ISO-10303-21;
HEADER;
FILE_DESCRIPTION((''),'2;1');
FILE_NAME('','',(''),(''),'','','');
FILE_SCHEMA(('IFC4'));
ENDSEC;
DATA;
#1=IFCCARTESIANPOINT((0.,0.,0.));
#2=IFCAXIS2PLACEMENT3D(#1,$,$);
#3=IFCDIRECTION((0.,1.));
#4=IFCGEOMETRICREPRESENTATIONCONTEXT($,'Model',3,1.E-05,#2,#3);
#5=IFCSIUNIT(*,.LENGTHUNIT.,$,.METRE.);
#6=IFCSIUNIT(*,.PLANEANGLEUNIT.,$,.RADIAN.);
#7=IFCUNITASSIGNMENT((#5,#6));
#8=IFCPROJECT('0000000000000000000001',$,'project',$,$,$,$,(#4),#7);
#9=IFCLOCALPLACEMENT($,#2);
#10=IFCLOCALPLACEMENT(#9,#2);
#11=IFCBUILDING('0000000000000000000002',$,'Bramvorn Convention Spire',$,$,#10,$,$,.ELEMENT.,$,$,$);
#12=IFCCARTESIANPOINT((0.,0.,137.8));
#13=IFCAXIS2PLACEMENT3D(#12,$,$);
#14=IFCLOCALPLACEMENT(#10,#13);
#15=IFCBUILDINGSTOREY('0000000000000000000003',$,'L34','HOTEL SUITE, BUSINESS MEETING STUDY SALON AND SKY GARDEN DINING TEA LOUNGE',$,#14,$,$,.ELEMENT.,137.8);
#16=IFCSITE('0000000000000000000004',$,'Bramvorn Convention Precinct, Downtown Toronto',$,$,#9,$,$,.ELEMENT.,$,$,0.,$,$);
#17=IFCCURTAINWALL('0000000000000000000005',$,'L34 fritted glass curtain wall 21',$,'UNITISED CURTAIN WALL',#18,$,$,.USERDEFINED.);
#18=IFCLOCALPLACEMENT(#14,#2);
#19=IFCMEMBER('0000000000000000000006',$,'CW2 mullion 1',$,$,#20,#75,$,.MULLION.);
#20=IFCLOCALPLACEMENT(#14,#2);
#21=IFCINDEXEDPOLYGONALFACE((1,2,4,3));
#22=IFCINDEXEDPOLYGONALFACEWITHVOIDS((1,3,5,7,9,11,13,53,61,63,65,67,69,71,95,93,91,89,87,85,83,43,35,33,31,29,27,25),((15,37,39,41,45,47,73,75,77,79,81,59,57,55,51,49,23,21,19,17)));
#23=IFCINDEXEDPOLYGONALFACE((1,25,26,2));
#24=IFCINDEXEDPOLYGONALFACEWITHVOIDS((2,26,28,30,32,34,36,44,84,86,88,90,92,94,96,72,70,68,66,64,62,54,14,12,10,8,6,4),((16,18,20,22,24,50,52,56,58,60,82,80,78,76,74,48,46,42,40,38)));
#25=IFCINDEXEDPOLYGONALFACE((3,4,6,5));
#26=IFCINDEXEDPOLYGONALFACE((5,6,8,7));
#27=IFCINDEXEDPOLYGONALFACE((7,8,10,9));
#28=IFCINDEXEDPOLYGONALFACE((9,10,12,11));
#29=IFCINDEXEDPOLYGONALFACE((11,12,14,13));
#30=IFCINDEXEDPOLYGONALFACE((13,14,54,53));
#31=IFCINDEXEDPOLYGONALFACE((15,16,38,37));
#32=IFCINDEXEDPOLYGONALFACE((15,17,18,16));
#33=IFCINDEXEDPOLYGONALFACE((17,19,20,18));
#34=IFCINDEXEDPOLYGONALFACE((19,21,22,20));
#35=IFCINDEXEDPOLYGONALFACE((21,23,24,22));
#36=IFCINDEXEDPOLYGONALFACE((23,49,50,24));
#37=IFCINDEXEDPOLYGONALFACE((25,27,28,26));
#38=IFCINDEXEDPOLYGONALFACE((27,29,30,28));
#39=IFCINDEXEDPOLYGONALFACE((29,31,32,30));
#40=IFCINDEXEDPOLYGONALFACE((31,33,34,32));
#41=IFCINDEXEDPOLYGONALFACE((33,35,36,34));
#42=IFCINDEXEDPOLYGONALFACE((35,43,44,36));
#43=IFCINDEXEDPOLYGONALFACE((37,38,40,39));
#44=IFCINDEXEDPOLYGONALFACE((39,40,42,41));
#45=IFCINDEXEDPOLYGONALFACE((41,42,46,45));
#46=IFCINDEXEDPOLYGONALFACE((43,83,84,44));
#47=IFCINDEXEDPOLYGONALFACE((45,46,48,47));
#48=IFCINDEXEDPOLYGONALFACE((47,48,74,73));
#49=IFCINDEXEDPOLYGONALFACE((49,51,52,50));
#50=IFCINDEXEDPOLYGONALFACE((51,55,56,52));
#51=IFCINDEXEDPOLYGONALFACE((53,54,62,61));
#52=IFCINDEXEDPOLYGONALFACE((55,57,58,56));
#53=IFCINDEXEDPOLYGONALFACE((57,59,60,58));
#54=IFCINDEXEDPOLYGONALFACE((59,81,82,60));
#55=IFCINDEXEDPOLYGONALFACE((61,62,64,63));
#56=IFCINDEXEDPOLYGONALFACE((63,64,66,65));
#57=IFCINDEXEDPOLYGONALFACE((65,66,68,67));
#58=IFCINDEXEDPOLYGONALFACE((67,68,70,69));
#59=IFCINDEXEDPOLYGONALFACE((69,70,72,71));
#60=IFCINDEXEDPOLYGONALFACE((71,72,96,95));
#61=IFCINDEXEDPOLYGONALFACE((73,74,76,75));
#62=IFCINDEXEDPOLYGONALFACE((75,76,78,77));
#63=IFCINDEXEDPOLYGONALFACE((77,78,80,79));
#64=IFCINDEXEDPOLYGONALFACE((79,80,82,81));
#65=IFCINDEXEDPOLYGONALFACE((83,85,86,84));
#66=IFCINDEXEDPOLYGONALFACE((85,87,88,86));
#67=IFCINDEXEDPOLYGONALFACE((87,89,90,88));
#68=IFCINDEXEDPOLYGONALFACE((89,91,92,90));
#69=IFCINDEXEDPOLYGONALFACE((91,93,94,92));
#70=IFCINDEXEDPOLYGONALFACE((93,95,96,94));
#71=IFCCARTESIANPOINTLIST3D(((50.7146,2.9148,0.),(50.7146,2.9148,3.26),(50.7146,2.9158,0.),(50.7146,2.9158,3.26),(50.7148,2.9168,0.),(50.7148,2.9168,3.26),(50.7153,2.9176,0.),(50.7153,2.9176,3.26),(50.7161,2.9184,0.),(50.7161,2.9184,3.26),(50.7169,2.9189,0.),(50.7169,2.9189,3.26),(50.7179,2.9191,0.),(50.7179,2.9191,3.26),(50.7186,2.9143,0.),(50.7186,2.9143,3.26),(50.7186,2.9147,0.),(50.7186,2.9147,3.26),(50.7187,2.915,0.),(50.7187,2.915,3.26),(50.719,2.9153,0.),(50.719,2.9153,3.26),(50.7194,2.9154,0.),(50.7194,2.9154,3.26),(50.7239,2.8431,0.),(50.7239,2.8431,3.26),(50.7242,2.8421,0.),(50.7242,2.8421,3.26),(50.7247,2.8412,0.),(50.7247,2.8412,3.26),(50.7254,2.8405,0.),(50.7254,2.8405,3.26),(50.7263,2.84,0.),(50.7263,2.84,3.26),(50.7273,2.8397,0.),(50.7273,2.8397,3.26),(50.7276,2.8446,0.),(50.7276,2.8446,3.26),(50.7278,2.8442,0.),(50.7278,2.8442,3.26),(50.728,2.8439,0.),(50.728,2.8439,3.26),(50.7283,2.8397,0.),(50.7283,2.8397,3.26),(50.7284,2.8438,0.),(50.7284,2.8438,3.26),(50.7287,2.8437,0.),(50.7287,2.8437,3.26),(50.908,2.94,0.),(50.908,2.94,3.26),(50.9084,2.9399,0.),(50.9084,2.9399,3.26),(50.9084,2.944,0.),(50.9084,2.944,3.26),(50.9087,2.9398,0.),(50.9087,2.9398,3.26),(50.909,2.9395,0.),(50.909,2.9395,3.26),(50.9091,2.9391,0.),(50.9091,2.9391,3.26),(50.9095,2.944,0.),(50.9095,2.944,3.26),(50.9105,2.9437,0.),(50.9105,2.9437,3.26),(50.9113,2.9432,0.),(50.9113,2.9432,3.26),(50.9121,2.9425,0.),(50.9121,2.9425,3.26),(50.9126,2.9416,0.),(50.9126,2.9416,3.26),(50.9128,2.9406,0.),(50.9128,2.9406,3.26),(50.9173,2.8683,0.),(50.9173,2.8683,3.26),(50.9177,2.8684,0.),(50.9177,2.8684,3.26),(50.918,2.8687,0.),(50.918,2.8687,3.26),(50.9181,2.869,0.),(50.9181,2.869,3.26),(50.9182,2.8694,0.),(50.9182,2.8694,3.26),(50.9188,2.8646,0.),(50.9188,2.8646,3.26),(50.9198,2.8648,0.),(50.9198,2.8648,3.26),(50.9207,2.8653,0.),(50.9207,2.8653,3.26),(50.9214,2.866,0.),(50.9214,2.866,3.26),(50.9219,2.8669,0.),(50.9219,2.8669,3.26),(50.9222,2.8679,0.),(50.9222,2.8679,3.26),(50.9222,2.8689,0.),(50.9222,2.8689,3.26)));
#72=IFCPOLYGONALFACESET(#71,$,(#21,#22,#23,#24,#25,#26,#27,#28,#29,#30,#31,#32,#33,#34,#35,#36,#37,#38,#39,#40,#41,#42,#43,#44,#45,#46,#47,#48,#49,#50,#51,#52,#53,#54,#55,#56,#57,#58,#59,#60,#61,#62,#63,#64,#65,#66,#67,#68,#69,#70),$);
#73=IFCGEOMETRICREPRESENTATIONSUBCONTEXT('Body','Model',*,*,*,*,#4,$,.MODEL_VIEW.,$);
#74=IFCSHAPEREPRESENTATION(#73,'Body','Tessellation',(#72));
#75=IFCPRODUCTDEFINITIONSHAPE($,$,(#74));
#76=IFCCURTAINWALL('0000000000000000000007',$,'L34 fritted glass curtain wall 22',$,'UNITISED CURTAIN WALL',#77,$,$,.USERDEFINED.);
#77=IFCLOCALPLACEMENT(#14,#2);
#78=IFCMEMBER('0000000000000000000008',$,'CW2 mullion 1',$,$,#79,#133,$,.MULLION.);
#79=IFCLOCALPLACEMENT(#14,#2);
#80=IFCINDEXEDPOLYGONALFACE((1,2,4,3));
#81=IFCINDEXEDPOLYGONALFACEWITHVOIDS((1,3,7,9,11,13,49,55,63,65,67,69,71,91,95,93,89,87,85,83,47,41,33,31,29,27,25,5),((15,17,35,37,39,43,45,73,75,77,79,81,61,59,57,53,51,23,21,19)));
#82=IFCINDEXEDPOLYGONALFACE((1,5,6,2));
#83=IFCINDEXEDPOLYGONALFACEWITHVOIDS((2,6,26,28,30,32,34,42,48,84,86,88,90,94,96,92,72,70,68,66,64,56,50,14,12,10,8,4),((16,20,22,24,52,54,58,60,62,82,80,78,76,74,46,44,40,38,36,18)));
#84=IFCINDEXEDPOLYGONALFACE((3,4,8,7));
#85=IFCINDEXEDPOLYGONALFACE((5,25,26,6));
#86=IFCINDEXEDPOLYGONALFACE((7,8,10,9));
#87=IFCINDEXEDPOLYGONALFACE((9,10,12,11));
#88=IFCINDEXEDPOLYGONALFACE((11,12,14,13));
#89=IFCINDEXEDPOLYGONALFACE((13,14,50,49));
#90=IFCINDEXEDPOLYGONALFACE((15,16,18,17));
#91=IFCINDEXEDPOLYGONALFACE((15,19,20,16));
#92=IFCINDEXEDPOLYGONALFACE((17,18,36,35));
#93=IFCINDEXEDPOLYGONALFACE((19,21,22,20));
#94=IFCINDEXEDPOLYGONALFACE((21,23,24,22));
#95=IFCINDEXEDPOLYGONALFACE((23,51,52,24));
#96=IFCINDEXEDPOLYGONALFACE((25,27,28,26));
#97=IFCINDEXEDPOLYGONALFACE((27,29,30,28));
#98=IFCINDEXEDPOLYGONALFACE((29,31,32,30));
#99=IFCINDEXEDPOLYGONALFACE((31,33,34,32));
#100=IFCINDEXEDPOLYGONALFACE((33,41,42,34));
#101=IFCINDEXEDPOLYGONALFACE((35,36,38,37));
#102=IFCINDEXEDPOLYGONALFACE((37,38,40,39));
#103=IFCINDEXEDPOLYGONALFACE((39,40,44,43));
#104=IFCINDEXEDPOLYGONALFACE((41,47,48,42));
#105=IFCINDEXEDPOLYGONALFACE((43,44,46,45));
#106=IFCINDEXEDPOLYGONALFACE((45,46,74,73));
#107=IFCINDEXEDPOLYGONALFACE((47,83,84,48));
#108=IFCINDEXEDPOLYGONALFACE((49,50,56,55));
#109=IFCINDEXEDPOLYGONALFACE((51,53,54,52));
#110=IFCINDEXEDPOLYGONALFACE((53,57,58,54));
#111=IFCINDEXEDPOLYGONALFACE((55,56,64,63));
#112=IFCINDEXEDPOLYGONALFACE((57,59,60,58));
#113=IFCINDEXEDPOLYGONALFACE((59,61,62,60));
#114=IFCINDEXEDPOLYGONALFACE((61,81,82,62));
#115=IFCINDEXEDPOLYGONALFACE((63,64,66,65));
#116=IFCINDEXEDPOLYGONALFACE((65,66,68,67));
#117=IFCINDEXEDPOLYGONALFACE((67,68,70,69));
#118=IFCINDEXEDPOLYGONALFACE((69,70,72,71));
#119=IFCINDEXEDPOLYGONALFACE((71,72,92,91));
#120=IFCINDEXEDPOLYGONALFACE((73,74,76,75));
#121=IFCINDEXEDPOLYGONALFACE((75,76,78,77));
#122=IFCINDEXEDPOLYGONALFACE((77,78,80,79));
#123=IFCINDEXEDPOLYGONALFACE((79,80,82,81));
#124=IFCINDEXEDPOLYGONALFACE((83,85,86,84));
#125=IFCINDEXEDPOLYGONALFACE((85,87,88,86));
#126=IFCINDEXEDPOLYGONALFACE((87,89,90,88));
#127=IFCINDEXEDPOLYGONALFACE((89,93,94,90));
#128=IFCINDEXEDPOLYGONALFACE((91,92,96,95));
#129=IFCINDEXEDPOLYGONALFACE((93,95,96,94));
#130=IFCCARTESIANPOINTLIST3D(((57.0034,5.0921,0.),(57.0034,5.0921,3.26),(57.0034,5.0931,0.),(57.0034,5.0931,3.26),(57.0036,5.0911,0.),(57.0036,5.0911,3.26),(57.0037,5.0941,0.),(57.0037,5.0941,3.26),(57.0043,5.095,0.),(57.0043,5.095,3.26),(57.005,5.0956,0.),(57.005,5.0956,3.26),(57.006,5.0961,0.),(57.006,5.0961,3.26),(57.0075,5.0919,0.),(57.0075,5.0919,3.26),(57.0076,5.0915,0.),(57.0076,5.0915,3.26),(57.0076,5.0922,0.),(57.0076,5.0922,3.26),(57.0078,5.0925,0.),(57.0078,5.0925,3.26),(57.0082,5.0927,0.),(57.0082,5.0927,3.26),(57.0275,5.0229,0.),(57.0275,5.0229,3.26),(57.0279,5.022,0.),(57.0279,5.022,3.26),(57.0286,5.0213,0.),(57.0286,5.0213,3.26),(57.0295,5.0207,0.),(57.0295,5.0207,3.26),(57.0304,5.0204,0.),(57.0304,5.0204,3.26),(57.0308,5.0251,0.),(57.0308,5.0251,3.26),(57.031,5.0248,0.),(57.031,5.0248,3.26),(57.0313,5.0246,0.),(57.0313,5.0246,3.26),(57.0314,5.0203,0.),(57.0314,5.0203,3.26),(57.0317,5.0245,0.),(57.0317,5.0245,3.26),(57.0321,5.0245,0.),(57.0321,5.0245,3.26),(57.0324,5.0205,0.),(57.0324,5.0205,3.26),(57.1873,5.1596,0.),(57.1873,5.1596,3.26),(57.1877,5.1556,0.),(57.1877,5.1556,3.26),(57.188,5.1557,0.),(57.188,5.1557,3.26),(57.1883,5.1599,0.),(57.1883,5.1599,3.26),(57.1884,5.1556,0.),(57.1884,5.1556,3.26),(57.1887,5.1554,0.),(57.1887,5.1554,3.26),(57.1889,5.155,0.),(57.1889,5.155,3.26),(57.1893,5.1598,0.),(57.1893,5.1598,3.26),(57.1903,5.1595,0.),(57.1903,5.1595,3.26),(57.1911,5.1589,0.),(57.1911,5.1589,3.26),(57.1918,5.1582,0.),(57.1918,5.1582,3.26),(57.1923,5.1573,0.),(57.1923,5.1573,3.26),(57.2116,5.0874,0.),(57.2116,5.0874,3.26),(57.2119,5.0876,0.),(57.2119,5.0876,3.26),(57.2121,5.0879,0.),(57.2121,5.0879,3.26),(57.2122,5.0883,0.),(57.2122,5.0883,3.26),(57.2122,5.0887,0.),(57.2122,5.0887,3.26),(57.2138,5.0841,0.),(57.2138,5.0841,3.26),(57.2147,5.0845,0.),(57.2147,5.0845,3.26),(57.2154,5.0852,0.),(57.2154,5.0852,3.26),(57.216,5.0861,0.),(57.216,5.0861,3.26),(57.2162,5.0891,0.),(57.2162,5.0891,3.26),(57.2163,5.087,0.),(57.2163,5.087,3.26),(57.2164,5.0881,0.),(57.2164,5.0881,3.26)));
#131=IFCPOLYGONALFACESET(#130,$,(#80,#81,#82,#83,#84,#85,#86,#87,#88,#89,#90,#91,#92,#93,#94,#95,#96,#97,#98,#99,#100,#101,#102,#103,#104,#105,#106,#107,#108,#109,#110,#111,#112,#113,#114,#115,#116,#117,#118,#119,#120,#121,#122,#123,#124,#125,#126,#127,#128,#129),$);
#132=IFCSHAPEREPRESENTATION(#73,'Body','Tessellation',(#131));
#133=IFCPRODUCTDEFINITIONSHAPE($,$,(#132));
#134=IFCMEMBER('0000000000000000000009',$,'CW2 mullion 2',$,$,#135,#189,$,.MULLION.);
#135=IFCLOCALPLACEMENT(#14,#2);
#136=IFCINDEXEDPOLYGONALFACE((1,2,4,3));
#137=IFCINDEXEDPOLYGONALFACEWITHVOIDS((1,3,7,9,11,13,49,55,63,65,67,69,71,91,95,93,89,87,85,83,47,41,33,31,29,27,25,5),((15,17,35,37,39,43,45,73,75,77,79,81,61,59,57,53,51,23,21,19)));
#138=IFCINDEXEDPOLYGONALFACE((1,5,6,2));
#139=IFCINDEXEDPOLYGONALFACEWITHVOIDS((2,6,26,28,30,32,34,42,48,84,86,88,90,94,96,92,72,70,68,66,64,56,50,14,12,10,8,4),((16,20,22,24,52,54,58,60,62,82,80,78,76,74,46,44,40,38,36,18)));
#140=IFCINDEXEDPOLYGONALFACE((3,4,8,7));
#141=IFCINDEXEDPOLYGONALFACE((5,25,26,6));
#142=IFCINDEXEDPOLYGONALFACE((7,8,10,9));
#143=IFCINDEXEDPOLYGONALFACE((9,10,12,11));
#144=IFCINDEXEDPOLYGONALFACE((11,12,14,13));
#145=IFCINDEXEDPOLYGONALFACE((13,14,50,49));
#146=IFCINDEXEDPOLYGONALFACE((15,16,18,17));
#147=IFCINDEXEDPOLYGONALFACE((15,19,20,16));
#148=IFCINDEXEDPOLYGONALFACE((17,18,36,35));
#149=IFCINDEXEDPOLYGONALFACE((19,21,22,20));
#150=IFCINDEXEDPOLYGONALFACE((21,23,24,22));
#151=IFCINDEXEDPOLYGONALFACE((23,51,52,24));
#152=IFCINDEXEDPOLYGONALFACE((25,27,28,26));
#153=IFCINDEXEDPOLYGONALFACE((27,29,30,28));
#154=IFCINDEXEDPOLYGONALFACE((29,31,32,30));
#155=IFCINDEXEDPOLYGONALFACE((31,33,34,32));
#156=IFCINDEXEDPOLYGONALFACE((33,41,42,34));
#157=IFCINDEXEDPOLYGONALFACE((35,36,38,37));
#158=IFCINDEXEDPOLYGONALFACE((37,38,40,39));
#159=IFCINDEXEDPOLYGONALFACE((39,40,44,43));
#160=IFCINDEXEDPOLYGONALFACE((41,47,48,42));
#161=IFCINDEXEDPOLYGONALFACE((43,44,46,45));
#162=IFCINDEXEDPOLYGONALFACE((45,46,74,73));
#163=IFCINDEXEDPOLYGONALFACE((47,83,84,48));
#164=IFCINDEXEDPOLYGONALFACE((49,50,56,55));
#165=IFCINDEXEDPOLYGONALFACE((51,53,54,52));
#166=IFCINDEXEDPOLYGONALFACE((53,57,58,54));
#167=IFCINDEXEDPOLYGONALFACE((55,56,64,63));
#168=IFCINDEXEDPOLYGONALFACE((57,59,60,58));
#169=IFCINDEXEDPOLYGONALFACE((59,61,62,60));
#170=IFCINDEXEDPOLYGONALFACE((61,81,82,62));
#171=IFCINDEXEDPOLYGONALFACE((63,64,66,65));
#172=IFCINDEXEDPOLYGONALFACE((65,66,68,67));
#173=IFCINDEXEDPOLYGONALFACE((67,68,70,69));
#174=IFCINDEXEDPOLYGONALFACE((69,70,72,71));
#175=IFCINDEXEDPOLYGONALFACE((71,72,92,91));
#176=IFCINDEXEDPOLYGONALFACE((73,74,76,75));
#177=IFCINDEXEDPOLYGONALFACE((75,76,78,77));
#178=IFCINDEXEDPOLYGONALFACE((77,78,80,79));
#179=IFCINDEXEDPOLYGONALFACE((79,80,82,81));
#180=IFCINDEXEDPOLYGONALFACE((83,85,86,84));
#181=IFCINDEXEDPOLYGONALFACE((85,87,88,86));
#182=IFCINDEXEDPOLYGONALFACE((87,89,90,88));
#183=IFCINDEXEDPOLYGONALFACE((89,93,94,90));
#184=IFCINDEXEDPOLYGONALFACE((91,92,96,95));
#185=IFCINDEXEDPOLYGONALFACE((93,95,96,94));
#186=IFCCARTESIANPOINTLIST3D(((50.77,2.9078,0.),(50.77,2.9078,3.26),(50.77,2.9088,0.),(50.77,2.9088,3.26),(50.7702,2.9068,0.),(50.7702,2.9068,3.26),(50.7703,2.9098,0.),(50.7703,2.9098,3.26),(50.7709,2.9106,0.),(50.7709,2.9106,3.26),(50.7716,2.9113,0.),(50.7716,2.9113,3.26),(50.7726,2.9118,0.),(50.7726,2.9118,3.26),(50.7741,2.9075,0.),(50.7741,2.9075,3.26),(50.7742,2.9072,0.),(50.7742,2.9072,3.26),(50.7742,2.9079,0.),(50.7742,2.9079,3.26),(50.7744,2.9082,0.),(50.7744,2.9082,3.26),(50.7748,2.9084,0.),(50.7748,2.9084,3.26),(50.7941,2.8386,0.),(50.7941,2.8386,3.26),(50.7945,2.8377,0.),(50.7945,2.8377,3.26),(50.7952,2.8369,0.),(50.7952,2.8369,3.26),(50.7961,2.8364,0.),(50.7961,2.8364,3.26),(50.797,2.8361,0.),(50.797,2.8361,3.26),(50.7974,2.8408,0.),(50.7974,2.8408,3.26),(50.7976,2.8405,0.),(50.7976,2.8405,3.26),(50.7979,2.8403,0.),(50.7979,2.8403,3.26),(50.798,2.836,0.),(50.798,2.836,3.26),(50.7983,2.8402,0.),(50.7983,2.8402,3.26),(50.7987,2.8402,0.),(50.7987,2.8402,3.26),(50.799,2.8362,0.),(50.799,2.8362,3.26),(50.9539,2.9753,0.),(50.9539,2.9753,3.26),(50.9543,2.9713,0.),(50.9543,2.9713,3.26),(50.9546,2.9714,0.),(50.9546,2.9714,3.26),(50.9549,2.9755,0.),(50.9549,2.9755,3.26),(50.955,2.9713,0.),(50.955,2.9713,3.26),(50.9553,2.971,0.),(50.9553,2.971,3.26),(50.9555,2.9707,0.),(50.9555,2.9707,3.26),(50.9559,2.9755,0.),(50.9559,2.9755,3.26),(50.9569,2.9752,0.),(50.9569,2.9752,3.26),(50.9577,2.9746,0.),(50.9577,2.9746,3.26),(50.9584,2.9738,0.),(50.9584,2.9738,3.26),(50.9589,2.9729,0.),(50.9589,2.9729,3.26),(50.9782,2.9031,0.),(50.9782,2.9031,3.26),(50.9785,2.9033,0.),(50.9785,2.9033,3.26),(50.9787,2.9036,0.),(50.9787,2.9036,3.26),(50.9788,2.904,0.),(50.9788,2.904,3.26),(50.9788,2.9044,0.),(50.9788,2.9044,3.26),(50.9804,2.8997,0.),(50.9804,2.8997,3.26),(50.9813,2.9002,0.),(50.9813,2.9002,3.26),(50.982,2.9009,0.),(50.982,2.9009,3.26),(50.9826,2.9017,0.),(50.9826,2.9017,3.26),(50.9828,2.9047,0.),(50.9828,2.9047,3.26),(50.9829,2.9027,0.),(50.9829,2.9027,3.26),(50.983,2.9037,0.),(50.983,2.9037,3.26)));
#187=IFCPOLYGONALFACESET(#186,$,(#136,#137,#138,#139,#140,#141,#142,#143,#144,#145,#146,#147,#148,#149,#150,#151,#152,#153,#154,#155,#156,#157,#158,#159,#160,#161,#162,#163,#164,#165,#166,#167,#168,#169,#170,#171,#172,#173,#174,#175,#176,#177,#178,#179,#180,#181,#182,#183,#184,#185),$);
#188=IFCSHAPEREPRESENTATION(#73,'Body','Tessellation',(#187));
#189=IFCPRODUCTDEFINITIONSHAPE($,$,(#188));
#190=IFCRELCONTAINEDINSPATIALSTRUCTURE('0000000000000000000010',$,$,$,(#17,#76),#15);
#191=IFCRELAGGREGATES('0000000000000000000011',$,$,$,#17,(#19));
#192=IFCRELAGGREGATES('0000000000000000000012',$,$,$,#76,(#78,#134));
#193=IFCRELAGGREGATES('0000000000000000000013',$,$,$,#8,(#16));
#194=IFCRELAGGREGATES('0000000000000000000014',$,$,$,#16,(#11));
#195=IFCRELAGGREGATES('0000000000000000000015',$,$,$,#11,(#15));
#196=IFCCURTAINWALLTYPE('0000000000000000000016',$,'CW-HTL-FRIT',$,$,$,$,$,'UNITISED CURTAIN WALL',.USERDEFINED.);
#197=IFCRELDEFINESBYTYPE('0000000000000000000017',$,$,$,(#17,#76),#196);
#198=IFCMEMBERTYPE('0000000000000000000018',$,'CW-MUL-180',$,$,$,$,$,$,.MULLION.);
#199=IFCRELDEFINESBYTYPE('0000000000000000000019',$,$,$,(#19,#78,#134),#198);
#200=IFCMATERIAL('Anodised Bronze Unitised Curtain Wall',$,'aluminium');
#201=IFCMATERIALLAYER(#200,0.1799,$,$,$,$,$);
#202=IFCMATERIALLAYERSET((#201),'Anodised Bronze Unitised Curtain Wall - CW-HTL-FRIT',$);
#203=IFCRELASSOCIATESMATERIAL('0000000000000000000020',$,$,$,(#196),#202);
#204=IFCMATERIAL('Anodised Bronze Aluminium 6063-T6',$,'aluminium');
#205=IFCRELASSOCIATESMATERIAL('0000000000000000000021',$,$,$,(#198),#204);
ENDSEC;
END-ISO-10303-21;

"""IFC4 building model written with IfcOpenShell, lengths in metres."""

from ifc_helpers import new_model, si_unit, direction, frame, origin, origin_2d, place, context, subcontext, project, spatial, hollow_rectangle, extrude, material, layer, layer_set, material_profile, profile_set, type_object, element, aggregate, save


model = new_model("IFC4")

# Units and contexts
model_context = context("Model", 3, precision=1e-05, world=origin(), true_north=direction((0.0, 1.0)))
body_context = subcontext(model_context, "Body", "Model", "MODEL_VIEW")
ifc_project = project(units=[si_unit("LENGTHUNIT", "METRE"), si_unit("PLANEANGLEUNIT", "RADIAN")], contexts=[model_context])

# Site, building, storey
site_placement = place(None, origin())
site = spatial("IfcSite", under=ifc_project, at=site_placement, Name="Bramvorn Convention Precinct, Downtown Toronto", CompositionType="ELEMENT", RefElevation=0.0)
building_placement = place(site_placement, origin())
building = spatial("IfcBuilding", under=site, at=building_placement, Name="Bramvorn Convention Spire", CompositionType="ELEMENT")
storey_placement = place(building_placement, frame((0.0, 0.0, 137.8)))
storey = spatial("IfcBuildingStorey", under=building, at=storey_placement, Name="L34", Description="HOTEL SUITE, BUSINESS MEETING STUDY SALON AND SKY GARDEN DINING TEA LOUNGE", CompositionType="ELEMENT", Elevation=137.8)

# Curtain wall, member
ifc_material_1 = material(Name="Anodised Bronze Unitised Curtain Wall", Category="aluminium")
ifc_layer_1 = layer(ifc_material_1, 0.1799)
ifc_layer_set_1 = layer_set([ifc_layer_1], Name="Anodised Bronze Unitised Curtain Wall - CW-HTL-FRIT")
curtain_wall_type = type_object("IfcCurtainWallType", Name="CW-HTL-FRIT", ElementType="UNITISED CURTAIN WALL", PredefinedType="USERDEFINED", material=ifc_layer_set_1)
curtain_wall_1_placement = place(storey_placement, origin())
curtain_wall_1 = element("IfcCurtainWall", 1, at=curtain_wall_1_placement, inside=storey, type_object=curtain_wall_type, Name="L34 fritted glass curtain wall 21", ObjectType="UNITISED CURTAIN WALL", PredefinedType="USERDEFINED")
ifc_material_2 = material(Name="Anodised Bronze Aluminium 6063-T6", Category="aluminium")
ifc_material_profile_1 = material_profile(ifc_material_2, hollow_rectangle(XDim=0.0801, YDim=0.2, WallThickness=0.0039, InnerFilletRadius=0.001, OuterFilletRadius=0.0039, at=origin_2d()))
ifc_profile_set_1 = profile_set([ifc_material_profile_1], Name="Anodised Bronze Aluminium 6063-T6 - CWM80X200")
member_type_1 = type_object("IfcMemberType", Name="CW-MUL-180", PredefinedType="MULLION", material=ifc_profile_set_1)
member_1_placement = place(storey_placement, frame((50.8184, 2.8918, 0.0), z_axis=(0.0, 0.0, 1.0), x_axis=(0.12924, -0.991613, 0.0)))
member_1 = element("IfcMember", 2, at=member_1_placement, type_object=member_type_1, Name="CW2 mullion 1", PredefinedType="MULLION", context=body_context, shape_type="SweptSolid", body=[
    extrude(hollow_rectangle(XDim=0.0801, YDim=0.2, WallThickness=0.0039, InnerFilletRadius=0.001, OuterFilletRadius=0.0039, at=origin_2d()), origin(), (0.0, 0.0, 1.0), 3.26),
])

# Curtain wall, members
curtain_wall_2_placement = place(storey_placement, origin())
curtain_wall_2 = element("IfcCurtainWall", 3, at=curtain_wall_2_placement, inside=storey, type_object=curtain_wall_type, Name="L34 fritted glass curtain wall 22", ObjectType="UNITISED CURTAIN WALL", PredefinedType="USERDEFINED")
member_2_placement = place(storey_placement, frame((57.1099, 5.0901, 0.0), z_axis=(0.0, 0.0, 1.0), x_axis=(0.330725, -0.943727, 0.0)))
member_2 = element("IfcMember", 4, at=member_2_placement, type_object=member_type_1, Name="CW2 mullion 1", PredefinedType="MULLION", context=body_context, shape_type="SweptSolid", body=[
    extrude(hollow_rectangle(XDim=0.0801, YDim=0.2, WallThickness=0.0039, InnerFilletRadius=0.001, OuterFilletRadius=0.0039, at=origin_2d()), origin(), (0.0, 0.0, 1.0), 3.26),
])
member_3_placement = place(storey_placement, frame((50.8765, 2.9058, 0.0), z_axis=(0.0, 0.0, 1.0), x_axis=(0.330725, -0.943727, 0.0)))
member_3 = element("IfcMember", 5, at=member_3_placement, type_object=member_type_1, Name="CW2 mullion 2", PredefinedType="MULLION", context=body_context, shape_type="SweptSolid", body=[
    extrude(hollow_rectangle(XDim=0.0801, YDim=0.2, WallThickness=0.0039, InnerFilletRadius=0.001, OuterFilletRadius=0.0039, at=origin_2d()), origin(), (0.0, 0.0, 1.0), 3.26),
])

aggregate(curtain_wall_1, [member_1])
aggregate(curtain_wall_2, [member_2, member_3])

save(model, "model.ifc")
